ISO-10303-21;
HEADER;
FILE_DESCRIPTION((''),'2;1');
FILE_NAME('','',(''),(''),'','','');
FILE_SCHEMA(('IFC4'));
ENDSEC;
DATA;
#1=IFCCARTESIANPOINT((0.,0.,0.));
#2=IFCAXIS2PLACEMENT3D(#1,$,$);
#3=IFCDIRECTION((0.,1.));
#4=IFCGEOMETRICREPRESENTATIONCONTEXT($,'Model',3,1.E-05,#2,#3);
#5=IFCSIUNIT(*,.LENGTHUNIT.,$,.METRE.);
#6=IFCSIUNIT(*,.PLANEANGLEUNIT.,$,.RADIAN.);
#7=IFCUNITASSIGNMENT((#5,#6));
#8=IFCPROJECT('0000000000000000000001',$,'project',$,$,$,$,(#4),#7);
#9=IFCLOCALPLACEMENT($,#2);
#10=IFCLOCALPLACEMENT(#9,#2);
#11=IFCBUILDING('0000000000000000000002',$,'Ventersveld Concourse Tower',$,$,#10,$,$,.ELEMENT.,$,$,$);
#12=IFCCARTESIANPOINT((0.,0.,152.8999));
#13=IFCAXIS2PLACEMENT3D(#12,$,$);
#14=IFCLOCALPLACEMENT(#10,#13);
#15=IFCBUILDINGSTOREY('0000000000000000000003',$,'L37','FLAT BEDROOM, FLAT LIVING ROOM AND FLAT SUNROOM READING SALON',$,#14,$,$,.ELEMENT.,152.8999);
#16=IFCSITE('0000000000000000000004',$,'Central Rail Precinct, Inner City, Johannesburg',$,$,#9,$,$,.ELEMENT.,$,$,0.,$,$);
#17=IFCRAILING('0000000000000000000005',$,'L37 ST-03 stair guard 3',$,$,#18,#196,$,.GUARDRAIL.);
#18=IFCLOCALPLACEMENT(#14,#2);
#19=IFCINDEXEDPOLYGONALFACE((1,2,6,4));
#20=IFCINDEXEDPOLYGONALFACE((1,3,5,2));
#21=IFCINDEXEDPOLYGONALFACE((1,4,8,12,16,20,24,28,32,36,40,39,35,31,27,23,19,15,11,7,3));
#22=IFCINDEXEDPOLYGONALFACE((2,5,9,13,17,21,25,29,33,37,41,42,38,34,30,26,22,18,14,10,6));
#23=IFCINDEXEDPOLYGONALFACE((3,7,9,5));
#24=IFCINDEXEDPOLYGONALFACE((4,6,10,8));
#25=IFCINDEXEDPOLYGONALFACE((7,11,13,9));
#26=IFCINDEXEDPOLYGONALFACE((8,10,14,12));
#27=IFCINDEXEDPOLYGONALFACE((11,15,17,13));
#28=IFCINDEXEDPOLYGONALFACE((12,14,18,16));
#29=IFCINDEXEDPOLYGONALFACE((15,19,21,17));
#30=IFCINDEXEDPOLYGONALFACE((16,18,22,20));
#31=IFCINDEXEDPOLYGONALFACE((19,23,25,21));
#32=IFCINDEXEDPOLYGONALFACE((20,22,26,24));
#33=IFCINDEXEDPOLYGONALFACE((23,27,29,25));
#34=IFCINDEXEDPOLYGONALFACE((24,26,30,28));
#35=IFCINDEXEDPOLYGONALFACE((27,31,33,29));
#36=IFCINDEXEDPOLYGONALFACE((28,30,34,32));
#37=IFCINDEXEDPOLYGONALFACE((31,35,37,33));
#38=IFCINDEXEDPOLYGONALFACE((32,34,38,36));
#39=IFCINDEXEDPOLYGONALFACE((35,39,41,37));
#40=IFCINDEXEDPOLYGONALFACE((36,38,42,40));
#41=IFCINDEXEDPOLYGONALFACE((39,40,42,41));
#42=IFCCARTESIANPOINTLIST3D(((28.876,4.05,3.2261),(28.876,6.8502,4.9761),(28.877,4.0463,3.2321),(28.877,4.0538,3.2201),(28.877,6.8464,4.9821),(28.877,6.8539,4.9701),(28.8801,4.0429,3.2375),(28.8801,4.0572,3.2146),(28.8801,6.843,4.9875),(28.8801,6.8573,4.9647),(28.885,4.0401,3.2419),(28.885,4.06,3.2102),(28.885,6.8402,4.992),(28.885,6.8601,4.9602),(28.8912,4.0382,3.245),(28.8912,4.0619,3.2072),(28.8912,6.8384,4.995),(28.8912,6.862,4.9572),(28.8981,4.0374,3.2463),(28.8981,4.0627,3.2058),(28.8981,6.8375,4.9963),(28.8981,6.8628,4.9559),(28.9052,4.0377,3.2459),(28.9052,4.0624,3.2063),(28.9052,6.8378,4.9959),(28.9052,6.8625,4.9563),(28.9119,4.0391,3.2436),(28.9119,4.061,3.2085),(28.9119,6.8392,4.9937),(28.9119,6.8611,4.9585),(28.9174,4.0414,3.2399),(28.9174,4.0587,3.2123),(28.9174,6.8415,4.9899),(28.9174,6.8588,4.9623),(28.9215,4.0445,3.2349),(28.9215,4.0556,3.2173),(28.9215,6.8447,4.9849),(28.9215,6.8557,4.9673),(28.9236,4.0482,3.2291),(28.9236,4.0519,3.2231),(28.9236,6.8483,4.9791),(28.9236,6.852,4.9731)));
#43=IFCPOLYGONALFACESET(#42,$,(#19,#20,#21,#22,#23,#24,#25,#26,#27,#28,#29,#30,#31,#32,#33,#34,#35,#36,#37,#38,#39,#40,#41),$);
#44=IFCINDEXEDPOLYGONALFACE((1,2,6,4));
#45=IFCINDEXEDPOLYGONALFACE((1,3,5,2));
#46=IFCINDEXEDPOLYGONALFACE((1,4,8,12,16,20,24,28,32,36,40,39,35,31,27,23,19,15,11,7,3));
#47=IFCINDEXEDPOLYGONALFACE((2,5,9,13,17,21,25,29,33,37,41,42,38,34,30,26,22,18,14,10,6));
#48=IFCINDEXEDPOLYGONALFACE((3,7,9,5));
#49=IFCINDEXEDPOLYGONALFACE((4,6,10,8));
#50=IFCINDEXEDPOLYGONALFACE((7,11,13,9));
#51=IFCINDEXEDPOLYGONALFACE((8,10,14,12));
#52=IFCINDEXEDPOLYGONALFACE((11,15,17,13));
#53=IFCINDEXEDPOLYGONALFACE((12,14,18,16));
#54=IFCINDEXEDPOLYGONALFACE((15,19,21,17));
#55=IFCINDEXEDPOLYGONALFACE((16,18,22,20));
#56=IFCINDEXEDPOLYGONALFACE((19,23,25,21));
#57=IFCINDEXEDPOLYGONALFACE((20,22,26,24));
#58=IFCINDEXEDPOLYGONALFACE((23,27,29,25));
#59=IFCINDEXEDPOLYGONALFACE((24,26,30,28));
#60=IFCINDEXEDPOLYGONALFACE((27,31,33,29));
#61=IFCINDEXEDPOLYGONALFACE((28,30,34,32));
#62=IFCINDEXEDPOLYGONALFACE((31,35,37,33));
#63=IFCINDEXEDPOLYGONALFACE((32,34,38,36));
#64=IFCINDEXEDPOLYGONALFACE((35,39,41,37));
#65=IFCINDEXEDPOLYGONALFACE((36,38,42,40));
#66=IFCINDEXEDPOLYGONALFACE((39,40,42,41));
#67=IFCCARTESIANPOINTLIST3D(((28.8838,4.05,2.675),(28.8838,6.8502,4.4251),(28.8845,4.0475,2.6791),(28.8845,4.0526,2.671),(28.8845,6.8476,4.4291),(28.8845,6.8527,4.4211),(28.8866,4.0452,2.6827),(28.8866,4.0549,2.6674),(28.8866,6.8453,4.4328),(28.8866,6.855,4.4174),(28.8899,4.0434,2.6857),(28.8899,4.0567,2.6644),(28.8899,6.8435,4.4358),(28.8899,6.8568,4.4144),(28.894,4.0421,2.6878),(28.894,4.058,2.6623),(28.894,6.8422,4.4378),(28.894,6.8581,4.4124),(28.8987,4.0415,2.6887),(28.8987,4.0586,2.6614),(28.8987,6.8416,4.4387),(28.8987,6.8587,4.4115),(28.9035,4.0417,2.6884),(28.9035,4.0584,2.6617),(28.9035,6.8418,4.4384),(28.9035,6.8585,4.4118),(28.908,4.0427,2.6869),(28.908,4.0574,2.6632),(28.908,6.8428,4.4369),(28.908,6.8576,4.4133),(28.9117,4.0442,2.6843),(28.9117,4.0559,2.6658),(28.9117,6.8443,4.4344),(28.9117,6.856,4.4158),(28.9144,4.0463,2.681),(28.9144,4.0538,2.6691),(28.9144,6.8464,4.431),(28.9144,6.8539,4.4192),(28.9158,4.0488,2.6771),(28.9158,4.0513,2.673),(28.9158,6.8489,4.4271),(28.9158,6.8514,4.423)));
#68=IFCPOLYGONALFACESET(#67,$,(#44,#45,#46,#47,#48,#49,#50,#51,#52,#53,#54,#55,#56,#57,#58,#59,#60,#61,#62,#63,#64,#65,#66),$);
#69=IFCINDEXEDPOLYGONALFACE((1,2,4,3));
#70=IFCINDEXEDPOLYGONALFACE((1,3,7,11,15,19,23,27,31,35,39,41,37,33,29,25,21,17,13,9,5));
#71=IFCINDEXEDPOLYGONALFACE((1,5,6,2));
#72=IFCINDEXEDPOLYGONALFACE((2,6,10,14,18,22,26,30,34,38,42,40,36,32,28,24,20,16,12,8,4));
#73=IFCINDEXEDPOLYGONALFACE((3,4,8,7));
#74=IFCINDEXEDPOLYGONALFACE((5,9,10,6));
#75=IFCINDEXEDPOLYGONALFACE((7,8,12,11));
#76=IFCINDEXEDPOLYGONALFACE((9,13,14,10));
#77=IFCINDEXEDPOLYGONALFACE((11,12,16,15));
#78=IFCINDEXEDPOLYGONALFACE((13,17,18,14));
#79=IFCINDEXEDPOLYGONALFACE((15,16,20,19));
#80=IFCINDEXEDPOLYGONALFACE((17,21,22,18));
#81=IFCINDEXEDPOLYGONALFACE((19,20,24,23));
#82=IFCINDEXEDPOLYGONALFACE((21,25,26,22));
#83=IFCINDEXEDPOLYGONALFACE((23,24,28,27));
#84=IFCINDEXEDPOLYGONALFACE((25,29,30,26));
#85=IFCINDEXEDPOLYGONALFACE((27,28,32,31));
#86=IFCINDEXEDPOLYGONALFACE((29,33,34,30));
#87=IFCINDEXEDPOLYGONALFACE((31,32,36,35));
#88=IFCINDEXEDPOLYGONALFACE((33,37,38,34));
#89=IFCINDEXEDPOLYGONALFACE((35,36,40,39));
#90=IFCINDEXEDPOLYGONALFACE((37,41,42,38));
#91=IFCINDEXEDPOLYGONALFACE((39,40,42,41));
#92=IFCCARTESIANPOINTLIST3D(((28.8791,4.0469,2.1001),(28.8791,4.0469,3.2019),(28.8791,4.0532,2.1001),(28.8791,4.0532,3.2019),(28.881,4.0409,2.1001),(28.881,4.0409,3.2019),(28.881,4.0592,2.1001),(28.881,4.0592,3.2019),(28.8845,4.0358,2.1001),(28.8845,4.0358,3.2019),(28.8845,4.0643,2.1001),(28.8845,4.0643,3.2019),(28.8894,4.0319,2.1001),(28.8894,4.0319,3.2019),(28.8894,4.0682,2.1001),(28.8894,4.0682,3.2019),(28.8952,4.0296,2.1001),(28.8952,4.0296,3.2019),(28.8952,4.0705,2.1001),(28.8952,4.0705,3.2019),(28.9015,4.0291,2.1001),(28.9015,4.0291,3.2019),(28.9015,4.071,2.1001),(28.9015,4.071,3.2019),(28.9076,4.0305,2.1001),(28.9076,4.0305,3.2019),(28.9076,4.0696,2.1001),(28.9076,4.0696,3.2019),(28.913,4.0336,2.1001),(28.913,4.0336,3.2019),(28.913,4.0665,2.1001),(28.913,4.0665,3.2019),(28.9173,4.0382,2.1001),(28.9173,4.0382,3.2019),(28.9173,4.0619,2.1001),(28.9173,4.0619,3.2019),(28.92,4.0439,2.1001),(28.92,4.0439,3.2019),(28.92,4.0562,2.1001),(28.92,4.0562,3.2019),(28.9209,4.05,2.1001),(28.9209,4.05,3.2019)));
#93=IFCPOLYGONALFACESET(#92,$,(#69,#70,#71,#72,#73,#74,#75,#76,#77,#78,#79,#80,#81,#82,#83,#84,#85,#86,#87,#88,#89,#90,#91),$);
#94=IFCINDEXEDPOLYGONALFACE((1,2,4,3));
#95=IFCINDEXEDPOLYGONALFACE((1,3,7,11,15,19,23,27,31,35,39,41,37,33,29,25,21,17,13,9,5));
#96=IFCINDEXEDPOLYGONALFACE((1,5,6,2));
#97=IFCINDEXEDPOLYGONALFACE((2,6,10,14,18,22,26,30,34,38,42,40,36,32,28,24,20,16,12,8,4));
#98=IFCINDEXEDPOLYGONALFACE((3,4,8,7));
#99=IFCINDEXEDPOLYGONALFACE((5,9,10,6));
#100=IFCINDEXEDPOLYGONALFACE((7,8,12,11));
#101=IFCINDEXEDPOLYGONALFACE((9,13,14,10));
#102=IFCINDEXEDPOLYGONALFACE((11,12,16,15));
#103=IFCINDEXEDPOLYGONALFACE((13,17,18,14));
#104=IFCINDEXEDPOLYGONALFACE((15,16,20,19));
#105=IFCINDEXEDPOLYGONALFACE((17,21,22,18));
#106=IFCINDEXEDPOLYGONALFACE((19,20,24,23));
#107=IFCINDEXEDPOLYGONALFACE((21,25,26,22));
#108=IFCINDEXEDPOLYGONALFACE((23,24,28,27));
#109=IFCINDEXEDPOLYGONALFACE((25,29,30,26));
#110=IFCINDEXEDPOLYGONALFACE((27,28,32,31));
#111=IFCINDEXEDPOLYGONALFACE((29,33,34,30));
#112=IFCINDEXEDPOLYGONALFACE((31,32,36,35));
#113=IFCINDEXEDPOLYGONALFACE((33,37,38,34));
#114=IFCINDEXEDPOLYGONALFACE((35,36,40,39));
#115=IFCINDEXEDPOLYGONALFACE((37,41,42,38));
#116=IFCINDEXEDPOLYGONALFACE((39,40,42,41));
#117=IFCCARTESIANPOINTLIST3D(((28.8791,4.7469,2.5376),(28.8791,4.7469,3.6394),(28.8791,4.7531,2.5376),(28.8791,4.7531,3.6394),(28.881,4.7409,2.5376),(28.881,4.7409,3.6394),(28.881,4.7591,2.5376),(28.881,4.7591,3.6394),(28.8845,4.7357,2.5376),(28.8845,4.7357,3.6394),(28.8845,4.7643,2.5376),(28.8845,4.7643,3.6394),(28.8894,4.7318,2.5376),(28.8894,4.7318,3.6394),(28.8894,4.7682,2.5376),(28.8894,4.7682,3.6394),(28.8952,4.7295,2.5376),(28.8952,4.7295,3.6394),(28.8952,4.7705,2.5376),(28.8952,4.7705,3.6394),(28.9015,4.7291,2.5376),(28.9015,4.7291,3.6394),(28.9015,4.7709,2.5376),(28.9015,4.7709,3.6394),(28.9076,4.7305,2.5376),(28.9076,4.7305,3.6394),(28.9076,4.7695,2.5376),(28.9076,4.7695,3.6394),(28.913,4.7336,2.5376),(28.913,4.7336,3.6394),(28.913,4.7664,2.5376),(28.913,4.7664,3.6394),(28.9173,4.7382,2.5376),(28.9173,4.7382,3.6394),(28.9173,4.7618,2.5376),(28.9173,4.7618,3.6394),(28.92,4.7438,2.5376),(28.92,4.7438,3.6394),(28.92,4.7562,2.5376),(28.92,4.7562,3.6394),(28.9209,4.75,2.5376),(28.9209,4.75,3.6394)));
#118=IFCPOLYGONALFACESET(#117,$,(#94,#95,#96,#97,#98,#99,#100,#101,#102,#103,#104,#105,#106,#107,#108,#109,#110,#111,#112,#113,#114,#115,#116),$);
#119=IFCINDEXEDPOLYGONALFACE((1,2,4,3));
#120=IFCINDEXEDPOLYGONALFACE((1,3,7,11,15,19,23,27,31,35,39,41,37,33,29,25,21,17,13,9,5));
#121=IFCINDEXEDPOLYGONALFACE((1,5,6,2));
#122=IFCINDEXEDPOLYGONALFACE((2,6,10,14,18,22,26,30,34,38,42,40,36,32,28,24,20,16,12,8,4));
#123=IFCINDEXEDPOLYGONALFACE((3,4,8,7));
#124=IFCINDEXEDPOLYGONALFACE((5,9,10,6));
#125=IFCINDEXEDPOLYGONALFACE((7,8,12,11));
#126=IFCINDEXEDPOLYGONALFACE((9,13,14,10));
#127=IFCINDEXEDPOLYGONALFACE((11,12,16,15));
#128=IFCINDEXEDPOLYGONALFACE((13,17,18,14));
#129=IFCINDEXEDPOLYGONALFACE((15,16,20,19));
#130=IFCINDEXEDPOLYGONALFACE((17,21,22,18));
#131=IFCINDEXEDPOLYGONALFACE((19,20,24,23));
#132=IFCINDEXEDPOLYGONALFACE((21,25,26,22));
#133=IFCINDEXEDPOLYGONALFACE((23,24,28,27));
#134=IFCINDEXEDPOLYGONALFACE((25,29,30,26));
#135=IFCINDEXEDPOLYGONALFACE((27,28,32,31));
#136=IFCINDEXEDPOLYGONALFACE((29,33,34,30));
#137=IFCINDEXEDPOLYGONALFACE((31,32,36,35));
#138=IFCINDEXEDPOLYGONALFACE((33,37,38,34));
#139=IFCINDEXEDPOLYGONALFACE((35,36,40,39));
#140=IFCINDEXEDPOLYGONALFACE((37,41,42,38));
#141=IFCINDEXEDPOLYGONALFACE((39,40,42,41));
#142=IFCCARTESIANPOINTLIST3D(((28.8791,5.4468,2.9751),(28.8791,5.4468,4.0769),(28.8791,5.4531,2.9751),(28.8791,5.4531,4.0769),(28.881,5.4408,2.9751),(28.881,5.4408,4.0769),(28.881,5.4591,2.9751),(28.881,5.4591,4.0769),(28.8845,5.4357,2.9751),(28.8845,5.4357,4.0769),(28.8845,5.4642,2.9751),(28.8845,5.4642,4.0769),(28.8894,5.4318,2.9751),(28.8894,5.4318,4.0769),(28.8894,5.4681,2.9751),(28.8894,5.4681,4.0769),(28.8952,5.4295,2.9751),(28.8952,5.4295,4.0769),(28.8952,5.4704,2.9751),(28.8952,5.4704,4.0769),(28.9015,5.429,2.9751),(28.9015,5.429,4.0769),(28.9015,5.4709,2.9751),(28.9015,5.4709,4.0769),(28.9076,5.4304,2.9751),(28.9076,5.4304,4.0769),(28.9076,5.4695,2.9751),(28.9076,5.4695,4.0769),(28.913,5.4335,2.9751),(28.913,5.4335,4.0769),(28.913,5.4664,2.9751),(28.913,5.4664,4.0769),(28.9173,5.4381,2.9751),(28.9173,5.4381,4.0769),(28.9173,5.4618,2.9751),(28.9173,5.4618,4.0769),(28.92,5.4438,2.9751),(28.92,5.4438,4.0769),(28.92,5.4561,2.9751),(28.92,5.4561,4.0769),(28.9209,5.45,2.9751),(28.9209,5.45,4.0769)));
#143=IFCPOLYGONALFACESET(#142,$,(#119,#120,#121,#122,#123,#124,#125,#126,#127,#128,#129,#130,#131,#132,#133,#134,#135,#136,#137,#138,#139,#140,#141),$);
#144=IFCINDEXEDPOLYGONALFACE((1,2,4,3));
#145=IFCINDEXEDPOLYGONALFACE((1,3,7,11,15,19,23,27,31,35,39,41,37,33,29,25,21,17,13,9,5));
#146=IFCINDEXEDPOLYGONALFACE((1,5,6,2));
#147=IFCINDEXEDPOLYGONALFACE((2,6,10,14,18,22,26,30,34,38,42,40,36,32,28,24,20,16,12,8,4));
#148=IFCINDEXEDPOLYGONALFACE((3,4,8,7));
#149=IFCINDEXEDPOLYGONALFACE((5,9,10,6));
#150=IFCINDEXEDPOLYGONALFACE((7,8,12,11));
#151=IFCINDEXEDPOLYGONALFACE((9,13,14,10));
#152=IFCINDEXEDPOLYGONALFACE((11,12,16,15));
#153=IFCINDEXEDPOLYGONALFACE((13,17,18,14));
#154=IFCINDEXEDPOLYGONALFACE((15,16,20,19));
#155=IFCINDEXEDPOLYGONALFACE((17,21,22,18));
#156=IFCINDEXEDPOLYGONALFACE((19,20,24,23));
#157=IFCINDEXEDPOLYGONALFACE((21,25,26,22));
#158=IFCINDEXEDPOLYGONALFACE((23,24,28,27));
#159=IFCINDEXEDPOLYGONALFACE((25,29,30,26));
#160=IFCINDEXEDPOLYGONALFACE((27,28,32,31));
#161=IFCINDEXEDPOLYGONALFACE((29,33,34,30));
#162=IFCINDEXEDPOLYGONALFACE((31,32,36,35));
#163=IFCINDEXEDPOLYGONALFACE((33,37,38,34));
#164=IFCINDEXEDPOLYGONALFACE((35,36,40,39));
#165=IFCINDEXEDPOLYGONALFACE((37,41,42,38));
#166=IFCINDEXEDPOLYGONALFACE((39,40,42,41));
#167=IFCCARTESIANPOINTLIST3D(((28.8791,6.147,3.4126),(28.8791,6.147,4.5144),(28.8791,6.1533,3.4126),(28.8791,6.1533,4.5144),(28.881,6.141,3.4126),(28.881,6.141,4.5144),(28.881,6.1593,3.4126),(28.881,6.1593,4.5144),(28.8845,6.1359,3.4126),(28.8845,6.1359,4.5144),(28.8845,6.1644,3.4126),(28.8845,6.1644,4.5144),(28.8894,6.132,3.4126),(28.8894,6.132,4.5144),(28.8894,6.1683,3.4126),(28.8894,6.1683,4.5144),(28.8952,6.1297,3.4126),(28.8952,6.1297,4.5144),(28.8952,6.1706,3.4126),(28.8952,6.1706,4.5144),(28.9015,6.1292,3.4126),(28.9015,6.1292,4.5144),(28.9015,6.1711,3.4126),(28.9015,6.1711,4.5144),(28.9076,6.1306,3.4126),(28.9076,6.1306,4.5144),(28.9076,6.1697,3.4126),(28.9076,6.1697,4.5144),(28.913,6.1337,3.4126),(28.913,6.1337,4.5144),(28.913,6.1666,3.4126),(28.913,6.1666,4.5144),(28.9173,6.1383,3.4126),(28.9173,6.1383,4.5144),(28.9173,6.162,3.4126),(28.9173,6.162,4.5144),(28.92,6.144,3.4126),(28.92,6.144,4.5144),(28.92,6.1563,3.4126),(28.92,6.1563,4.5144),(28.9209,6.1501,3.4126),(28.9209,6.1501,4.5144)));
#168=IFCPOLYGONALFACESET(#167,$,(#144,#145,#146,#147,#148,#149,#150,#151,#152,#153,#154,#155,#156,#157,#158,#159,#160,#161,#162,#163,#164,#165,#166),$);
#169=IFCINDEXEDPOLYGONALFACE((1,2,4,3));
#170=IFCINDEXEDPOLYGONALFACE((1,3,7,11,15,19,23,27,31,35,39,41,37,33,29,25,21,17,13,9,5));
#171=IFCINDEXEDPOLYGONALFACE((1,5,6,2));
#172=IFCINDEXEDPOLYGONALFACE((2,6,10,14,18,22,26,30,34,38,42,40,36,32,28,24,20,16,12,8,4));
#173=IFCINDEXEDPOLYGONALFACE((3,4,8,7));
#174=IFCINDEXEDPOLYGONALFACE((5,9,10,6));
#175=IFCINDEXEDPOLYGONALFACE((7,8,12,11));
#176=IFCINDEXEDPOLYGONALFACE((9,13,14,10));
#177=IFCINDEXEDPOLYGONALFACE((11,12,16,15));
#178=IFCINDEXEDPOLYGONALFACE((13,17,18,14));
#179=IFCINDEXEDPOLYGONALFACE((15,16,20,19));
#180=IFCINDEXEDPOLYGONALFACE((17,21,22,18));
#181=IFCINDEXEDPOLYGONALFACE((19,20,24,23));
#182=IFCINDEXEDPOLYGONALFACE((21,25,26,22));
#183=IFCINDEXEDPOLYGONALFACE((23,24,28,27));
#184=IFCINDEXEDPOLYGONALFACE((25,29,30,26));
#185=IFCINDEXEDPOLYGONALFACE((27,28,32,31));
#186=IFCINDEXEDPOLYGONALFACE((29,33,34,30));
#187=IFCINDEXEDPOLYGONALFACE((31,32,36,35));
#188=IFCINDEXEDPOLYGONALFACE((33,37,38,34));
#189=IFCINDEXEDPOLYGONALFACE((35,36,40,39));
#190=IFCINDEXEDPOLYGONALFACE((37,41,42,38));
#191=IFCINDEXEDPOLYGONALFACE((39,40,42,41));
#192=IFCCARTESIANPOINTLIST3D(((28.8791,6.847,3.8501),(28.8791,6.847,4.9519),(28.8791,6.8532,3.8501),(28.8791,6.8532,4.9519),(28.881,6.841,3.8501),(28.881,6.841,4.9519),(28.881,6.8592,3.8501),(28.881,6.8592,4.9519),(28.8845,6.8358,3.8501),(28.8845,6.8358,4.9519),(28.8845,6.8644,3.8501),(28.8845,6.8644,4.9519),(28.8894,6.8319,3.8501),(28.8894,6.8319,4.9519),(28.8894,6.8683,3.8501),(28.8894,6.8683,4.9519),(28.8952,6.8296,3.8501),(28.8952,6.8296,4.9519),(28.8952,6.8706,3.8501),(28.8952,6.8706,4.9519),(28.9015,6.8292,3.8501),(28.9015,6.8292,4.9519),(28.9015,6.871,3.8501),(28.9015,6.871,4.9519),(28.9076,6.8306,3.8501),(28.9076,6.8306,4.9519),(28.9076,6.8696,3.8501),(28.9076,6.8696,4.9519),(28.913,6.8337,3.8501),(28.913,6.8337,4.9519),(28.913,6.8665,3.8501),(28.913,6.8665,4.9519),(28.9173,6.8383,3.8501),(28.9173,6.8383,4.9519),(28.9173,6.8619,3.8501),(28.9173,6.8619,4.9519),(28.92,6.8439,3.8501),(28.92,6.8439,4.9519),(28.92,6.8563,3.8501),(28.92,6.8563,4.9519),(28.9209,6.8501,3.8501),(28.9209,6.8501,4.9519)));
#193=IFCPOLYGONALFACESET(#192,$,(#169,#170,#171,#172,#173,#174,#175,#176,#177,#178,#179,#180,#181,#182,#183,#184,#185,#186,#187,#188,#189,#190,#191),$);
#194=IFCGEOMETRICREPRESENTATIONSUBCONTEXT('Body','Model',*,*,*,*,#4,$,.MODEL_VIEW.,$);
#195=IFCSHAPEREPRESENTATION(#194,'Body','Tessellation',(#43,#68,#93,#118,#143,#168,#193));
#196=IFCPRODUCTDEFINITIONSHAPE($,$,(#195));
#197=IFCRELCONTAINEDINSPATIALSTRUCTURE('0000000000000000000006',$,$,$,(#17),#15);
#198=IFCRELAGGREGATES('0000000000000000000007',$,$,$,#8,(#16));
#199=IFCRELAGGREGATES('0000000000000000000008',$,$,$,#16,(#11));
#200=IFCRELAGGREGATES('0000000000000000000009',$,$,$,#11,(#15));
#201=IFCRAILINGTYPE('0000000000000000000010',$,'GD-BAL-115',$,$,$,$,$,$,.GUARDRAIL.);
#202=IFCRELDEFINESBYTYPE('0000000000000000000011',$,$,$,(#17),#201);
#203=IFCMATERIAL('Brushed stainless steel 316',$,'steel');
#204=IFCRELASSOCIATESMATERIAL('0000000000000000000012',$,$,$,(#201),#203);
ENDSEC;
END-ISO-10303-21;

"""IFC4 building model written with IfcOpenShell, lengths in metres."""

from ifc_helpers import new_model, si_unit, direction, frame, origin, origin_2d, place, context, subcontext, project, spatial, circle, extrude, material, type_object, element, save


model = new_model("IFC4")

# Units and contexts
model_context = context("Model", 3, precision=1e-05, world=origin(), true_north=direction((0.0, 1.0)))
body_context = subcontext(model_context, "Body", "Model", "MODEL_VIEW")
ifc_project = project(units=[si_unit("LENGTHUNIT", "METRE"), si_unit("PLANEANGLEUNIT", "RADIAN")], contexts=[model_context])

# Site, building, storey
site_placement = place(None, origin())
site = spatial("IfcSite", under=ifc_project, at=site_placement, Name="Central Rail Precinct, Inner City, Johannesburg", CompositionType="ELEMENT", RefElevation=0.0)
building_placement = place(site_placement, origin())
building = spatial("IfcBuilding", under=site, at=building_placement, Name="Ventersveld Concourse Tower", CompositionType="ELEMENT")
storey_placement = place(building_placement, frame((0.0, 0.0, 152.8999)))
storey = spatial("IfcBuildingStorey", under=building, at=storey_placement, Name="L37", Description="FLAT BEDROOM, FLAT LIVING ROOM AND FLAT SUNROOM READING SALON", CompositionType="ELEMENT", Elevation=152.8999)

# Shared definitions
ifc_material_1 = material(Name="Brushed stainless steel 316", Category="steel")

# Railing
railing_type_1 = type_object("IfcRailingType", Name="GD-BAL-115", PredefinedType="GUARDRAIL", material=ifc_material_1)
railing_1_placement = place(storey_placement, frame((28.8999, 4.05, 2.1001)))
element("IfcRailing", 1, at=railing_1_placement, inside=storey, type_object=railing_type_1, Name="L37 ST-03 stair guard 3", PredefinedType="GUARDRAIL", context=body_context, shape_type="SweptSolid", body=[
    extrude(circle(Radius=0.0239, at=origin_2d()), frame((0.0, 0.0, 1.126), z_axis=(0.0, 0.848002, 0.529992), x_axis=(-1.0, 0.0, 0.0)), (0.0, 0.0, 1.0), 3.302),
    extrude(circle(Radius=0.0161, at=origin_2d()), frame((0.0, 0.0, 0.575), z_axis=(0.0, 0.848002, 0.529992), x_axis=(-1.0, 0.0, 0.0)), (0.0, 0.0, 1.0), 3.302),
    extrude(circle(Radius=0.021, at=origin_2d()), origin(), (0.0, 0.0, 1.0), 1.1018),
    extrude(circle(Radius=0.021, at=origin_2d()), frame((0.0, 0.7, 0.4375)), (0.0, 0.0, 1.0), 1.1018),
    extrude(circle(Radius=0.021, at=origin_2d()), frame((0.0, 1.3999, 0.875)), (0.0, 0.0, 1.0), 1.1018),
    extrude(circle(Radius=0.021, at=origin_2d()), frame((0.0, 2.1001, 1.3125)), (0.0, 0.0, 1.0), 1.1018),
    extrude(circle(Radius=0.021, at=origin_2d()), frame((0.0, 2.8, 1.75)), (0.0, 0.0, 1.0), 1.1018),
])

save(model, "model.ifc")
